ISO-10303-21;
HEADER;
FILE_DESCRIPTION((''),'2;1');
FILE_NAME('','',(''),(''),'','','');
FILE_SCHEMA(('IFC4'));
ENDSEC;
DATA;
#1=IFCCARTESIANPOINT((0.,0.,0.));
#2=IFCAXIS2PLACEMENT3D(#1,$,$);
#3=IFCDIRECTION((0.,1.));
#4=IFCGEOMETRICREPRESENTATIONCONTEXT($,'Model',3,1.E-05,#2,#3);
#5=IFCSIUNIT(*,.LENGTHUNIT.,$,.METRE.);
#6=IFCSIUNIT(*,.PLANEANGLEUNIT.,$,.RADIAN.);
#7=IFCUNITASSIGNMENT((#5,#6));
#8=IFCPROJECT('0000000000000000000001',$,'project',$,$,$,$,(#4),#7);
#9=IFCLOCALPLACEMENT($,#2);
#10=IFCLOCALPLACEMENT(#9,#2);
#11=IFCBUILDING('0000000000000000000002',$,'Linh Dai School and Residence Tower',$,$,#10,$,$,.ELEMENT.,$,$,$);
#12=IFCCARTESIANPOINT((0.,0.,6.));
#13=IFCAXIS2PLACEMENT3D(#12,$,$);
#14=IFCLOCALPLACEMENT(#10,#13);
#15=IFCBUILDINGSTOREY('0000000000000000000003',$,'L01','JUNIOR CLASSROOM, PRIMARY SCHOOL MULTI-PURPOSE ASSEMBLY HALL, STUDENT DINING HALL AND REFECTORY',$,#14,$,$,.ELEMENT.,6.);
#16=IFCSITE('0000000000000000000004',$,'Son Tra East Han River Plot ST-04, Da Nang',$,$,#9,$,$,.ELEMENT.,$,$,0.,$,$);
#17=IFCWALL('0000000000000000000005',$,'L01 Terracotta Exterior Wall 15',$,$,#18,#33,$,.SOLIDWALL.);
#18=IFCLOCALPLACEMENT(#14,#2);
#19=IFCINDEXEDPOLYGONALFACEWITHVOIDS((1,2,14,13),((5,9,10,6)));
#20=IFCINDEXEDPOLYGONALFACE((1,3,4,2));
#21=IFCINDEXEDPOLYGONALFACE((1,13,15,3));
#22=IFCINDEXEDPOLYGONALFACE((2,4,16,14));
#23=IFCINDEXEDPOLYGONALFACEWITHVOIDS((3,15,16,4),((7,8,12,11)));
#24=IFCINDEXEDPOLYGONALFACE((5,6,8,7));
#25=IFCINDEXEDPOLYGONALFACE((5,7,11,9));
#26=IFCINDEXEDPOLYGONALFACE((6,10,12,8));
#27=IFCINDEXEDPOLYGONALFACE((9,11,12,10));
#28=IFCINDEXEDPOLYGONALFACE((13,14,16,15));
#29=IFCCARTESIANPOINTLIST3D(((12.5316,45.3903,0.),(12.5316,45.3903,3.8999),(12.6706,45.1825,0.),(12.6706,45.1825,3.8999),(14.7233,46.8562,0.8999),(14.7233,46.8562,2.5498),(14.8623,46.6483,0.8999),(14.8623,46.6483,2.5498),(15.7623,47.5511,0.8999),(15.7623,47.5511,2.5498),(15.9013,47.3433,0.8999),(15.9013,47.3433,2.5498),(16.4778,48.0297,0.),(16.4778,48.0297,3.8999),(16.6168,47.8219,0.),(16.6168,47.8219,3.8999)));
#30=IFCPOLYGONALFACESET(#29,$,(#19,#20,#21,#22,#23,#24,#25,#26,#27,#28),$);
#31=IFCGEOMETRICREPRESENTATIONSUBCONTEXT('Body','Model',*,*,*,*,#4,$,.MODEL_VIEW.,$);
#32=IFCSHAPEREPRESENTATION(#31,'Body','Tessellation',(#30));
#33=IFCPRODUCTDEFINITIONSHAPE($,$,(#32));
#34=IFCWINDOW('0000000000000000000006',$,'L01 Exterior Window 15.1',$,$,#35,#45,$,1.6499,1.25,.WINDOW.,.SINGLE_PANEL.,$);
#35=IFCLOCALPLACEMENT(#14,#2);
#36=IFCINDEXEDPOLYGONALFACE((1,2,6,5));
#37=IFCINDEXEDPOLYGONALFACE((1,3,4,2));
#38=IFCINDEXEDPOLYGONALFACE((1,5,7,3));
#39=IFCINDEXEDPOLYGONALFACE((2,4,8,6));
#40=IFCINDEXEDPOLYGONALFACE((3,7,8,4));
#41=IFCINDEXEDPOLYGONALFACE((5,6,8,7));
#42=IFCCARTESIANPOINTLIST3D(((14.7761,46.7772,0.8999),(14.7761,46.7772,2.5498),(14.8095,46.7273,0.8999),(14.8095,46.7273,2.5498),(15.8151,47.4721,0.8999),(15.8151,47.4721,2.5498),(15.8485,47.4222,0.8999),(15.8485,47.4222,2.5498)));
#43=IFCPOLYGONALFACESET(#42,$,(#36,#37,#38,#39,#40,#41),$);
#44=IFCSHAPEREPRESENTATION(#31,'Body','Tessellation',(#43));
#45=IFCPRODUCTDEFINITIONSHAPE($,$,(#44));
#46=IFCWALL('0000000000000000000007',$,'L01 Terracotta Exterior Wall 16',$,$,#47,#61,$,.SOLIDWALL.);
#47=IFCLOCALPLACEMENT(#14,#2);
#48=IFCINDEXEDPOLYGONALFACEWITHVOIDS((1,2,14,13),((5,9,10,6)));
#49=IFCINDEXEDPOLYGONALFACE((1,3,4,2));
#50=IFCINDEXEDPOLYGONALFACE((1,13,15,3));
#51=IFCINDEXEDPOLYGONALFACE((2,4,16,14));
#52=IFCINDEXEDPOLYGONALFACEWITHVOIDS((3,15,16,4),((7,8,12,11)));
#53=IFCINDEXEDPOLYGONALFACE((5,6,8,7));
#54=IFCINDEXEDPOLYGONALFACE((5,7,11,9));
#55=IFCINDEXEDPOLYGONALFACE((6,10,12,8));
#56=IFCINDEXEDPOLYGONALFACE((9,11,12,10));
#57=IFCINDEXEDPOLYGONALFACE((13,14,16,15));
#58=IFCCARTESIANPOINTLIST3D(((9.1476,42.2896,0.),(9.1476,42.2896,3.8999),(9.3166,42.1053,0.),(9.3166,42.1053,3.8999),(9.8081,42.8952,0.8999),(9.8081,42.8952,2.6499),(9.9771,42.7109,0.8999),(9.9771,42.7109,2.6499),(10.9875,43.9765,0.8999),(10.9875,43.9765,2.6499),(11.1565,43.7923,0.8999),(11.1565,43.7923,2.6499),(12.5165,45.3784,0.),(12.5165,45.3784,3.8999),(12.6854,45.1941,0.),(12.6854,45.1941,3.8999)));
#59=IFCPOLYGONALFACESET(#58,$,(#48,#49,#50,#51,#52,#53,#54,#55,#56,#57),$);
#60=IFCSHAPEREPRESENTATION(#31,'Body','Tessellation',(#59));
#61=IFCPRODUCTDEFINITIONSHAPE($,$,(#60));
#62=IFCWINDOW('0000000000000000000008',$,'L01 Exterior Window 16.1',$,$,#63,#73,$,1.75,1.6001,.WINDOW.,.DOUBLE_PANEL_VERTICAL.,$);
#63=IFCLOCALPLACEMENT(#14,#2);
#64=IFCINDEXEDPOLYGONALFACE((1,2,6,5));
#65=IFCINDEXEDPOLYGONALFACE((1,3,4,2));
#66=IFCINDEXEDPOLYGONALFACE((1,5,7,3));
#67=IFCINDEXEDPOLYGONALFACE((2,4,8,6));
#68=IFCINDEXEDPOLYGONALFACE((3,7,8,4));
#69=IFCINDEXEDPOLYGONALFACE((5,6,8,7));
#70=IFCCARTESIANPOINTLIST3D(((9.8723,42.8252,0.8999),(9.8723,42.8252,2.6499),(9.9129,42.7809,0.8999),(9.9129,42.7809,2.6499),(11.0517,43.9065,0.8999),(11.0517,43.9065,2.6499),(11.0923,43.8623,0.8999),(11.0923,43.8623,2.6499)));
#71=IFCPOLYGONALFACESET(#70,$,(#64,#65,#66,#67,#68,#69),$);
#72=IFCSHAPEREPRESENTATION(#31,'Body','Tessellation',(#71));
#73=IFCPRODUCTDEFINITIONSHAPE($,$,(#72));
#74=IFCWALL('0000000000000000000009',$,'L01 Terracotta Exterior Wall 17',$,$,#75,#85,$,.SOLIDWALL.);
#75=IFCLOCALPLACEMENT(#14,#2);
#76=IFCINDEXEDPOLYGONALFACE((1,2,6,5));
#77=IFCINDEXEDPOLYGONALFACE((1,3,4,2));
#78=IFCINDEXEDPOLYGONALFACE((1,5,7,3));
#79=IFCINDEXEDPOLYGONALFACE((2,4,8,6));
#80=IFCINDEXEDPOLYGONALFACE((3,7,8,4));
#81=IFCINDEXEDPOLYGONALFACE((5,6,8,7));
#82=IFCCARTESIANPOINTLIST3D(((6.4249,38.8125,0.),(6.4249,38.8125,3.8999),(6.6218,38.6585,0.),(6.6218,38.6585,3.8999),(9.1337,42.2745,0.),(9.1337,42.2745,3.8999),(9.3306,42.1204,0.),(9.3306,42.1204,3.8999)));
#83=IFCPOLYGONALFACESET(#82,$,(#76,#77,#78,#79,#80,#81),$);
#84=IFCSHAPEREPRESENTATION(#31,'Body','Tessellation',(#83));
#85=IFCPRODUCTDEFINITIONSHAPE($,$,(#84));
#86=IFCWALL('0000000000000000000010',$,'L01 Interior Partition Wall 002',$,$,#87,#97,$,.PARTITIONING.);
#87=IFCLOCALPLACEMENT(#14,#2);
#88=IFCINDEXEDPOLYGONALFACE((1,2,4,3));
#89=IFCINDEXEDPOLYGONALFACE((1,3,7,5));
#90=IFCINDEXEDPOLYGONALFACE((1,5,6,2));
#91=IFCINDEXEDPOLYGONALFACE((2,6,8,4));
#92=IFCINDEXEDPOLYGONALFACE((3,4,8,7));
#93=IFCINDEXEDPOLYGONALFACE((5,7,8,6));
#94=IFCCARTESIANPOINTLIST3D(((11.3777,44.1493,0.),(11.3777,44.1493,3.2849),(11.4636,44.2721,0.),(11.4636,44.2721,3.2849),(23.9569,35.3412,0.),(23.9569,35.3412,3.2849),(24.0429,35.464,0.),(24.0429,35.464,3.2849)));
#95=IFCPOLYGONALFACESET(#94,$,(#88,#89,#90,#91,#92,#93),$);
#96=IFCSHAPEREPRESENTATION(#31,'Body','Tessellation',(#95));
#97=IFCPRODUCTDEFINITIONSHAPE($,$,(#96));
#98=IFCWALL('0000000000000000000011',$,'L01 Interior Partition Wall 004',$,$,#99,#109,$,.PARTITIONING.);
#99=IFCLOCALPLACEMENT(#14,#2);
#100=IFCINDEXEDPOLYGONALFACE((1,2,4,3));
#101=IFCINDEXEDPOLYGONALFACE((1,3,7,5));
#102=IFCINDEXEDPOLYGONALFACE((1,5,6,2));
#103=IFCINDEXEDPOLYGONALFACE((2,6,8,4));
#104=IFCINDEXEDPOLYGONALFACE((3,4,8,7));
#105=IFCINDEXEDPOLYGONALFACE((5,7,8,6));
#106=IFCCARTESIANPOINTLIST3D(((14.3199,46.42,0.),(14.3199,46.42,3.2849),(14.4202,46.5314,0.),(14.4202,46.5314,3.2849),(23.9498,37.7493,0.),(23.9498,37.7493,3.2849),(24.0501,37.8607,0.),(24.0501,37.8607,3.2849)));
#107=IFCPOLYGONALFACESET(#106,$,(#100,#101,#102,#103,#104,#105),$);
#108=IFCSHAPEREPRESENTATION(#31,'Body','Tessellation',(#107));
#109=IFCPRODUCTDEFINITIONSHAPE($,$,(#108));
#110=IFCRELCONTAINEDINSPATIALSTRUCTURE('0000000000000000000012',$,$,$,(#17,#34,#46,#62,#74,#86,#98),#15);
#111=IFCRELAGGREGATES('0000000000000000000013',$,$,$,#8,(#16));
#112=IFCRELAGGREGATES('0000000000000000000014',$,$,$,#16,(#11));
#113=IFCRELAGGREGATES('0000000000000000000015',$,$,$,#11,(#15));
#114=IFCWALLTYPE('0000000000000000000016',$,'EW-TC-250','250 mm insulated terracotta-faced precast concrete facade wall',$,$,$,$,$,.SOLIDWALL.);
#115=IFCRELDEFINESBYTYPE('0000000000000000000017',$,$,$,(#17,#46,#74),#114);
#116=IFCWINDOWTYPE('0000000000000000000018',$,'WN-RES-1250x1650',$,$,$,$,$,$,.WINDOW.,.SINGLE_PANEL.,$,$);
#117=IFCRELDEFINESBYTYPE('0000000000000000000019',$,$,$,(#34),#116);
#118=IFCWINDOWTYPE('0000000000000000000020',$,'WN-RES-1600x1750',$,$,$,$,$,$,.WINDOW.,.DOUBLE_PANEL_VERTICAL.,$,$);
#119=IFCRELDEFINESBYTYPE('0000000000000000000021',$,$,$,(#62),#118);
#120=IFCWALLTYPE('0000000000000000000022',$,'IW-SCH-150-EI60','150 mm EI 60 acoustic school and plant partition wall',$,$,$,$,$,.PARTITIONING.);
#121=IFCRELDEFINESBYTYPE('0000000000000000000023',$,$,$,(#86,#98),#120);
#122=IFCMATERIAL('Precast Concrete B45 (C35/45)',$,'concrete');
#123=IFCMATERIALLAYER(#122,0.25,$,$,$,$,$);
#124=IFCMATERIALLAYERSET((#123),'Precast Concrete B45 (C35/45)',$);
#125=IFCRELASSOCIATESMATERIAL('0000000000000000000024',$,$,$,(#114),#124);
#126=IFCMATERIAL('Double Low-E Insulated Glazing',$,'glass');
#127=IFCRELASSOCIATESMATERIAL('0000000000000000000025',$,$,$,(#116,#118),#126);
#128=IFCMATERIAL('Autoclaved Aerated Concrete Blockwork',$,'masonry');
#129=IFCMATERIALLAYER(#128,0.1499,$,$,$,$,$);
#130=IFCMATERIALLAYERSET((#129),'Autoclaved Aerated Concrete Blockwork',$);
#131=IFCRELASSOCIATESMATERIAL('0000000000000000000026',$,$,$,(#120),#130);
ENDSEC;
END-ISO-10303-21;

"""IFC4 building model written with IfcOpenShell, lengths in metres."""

from ifc_helpers import new_model, si_unit, direction, frame, frame_2d, origin, origin_2d, place, context, subcontext, project, spatial, rectangle, extrude, source, transform, mapped, material, layer, layer_set, type_object, element, fill, save


model = new_model("IFC4")

# Units and contexts
model_context = context("Model", 3, precision=1e-05, world=origin(), true_north=direction((0.0, 1.0)))
body_context = subcontext(model_context, "Body", "Model", "MODEL_VIEW")
ifc_project = project(units=[si_unit("LENGTHUNIT", "METRE"), si_unit("PLANEANGLEUNIT", "RADIAN")], contexts=[model_context])

# Site, building, storey
site_placement = place(None, origin())
site = spatial("IfcSite", under=ifc_project, at=site_placement, Name="Son Tra East Han River Plot ST-04, Da Nang", CompositionType="ELEMENT", RefElevation=0.0)
building_placement = place(site_placement, origin())
building = spatial("IfcBuilding", under=site, at=building_placement, Name="Linh Dai School and Residence Tower", CompositionType="ELEMENT")
storey_placement = place(building_placement, frame((0.0, 0.0, 6.0)))
storey = spatial("IfcBuildingStorey", under=building, at=storey_placement, Name="L01", Description="JUNIOR CLASSROOM, PRIMARY SCHOOL MULTI-PURPOSE ASSEMBLY HALL, STUDENT DINING HALL AND REFECTORY", CompositionType="ELEMENT", Elevation=6.0)

# Shared definitions
ifc_material_1 = material(Name="Double Low-E Insulated Glazing", Category="glass")

# Walls, openings, windows
ifc_material_2 = material(Name="Precast Concrete B45 (C35/45)", Category="concrete")
ifc_layer_1 = layer(ifc_material_2, 0.25)
ifc_layer_set_1 = layer_set([ifc_layer_1], Name="Precast Concrete B45 (C35/45)")
wall_type_1 = type_object("IfcWallType", Name="EW-TC-250", Description="250 mm insulated terracotta-faced precast concrete facade wall", PredefinedType="SOLIDWALL", material=ifc_layer_set_1)
wall_1_placement = place(storey_placement, frame((12.6011, 45.2864, 0.0), z_axis=(0.0, 0.0, 1.0), x_axis=(0.831219, 0.555946, 0.0)))
wall_1 = element("IfcWall", 1, at=wall_1_placement, inside=storey, type_object=wall_type_1, Name="L01 Terracotta Exterior Wall 15", PredefinedType="SOLIDWALL", context=body_context, shape_type="SweptSolid", body=[
    extrude(rectangle(XDim=4.7476, YDim=0.25, at=frame_2d((2.3738, 0.0))), origin(), (0.0, 0.0, 1.0), 3.8999),
])
opening_1_placement = place(wall_1_placement, frame((2.6367, 0.0, 0.8999)))
opening_1 = element("IfcOpeningElement", 2, at=opening_1_placement, cuts=wall_1, PredefinedType="OPENING", context=body_context, shape_type="SweptSolid", body=[
    extrude(rectangle(XDim=1.25, YDim=1.6499, at=origin_2d()), frame((0.625, 0.135, 0.825), z_axis=(0.0, -1.0, 0.0), x_axis=(1.0, 0.0, 0.0)), (0.0, 0.0, 1.0), 0.27),
])
window_type_1 = type_object("IfcWindowType", Name="WN-RES-1250x1650", PartitioningType="SINGLE_PANEL", PredefinedType="WINDOW", material=ifc_material_1)
shared_shape_1 = source(origin(), body_context, "Body", "SweptSolid", [
    extrude(rectangle(XDim=1.25, YDim=1.6499, at=origin_2d()), frame((0.625, 0.03, 0.825), z_axis=(0.0, -1.0, 0.0), x_axis=(1.0, 0.0, 0.0)), (0.0, 0.0, 1.0), 0.0601),
])
window_1_placement = place(opening_1_placement, origin())
window_1 = element("IfcWindow", 3, at=window_1_placement, inside=storey, type_object=window_type_1, Name="L01 Exterior Window 15.1", OverallHeight=1.6499, OverallWidth=1.25, PartitioningType="SINGLE_PANEL", PredefinedType="WINDOW", context=body_context, shape_type="MappedRepresentation", body=[
    mapped(shared_shape_1, transform((0.0, 0.0, 0.0), x_axis=(1.0, 0.0, 0.0), y_axis=(0.0, 1.0, 0.0), z_axis=(0.0, 0.0, 1.0), scale=1.0)),
])
fill(opening_1, window_1)
wall_2_placement = place(storey_placement, frame((9.2322, 42.1975, 0.0), z_axis=(0.0, 0.0, 1.0), x_axis=(0.737077, 0.675809, 0.0)))
wall_2 = element("IfcWall", 4, at=wall_2_placement, inside=storey, type_object=wall_type_1, Name="L01 Terracotta Exterior Wall 16", PredefinedType="SOLIDWALL", context=body_context, shape_type="SweptSolid", body=[
    extrude(rectangle(XDim=4.5706, YDim=0.25, at=frame_2d((2.2852, 0.0))), origin(), (0.0, 0.0, 1.0), 3.8999),
])
opening_2_placement = place(wall_2_placement, frame((0.896, 0.0, 0.8999)))
opening_2 = element("IfcOpeningElement", 5, at=opening_2_placement, cuts=wall_2, PredefinedType="OPENING", context=body_context, shape_type="SweptSolid", body=[
    extrude(rectangle(XDim=1.6001, YDim=1.75, at=origin_2d()), frame((0.8, 0.135, 0.875), z_axis=(0.0, -1.0, 0.0), x_axis=(1.0, 0.0, 0.0)), (0.0, 0.0, 1.0), 0.27),
])
window_type_2 = type_object("IfcWindowType", Name="WN-RES-1600x1750", PartitioningType="DOUBLE_PANEL_VERTICAL", PredefinedType="WINDOW", material=ifc_material_1)
shared_shape_2 = source(origin(), body_context, "Body", "SweptSolid", [
    extrude(rectangle(XDim=1.6001, YDim=1.75, at=origin_2d()), frame((0.8, 0.03, 0.875), z_axis=(0.0, -1.0, 0.0), x_axis=(1.0, 0.0, 0.0)), (0.0, 0.0, 1.0), 0.0601),
])
window_2_placement = place(opening_2_placement, origin())
window_2 = element("IfcWindow", 6, at=window_2_placement, inside=storey, type_object=window_type_2, Name="L01 Exterior Window 16.1", OverallHeight=1.75, OverallWidth=1.6001, PartitioningType="DOUBLE_PANEL_VERTICAL", PredefinedType="WINDOW", context=body_context, shape_type="MappedRepresentation", body=[
    mapped(shared_shape_2, transform((0.0, 0.0, 0.0), x_axis=(1.0, 0.0, 0.0), y_axis=(0.0, 1.0, 0.0), z_axis=(0.0, 0.0, 1.0), scale=1.0)),
])
fill(opening_2, window_2)

# Walls
wall_3_placement = place(storey_placement, frame((6.5234, 38.7356, 0.0), z_axis=(0.0, 0.0, 1.0), x_axis=(0.616226, 0.787569, 0.0)))
element("IfcWall", 7, at=wall_3_placement, inside=storey, type_object=wall_type_1, Name="L01 Terracotta Exterior Wall 17", PredefinedType="SOLIDWALL", context=body_context, shape_type="SweptSolid", body=[
    extrude(rectangle(XDim=4.3958, YDim=0.25, at=frame_2d((2.1978, 0.0))), origin(), (0.0, 0.0, 1.0), 3.8999),
])
ifc_material_3 = material(Name="Autoclaved Aerated Concrete Blockwork", Category="masonry")
ifc_layer_2 = layer(ifc_material_3, 0.1499)
ifc_layer_set_2 = layer_set([ifc_layer_2], Name="Autoclaved Aerated Concrete Blockwork")
wall_type_2 = type_object("IfcWallType", Name="IW-SCH-150-EI60", Description="150 mm EI 60 acoustic school and plant partition wall", PredefinedType="PARTITIONING", material=ifc_layer_set_2)
wall_4_placement = place(storey_placement, frame((11.4207, 44.2107, 0.0), z_axis=(0.0, 0.0, 1.0), x_axis=(0.819153, -0.573574, 0.0)))
element("IfcWall", 8, at=wall_4_placement, inside=storey, type_object=wall_type_2, Name="L01 Interior Partition Wall 002", PredefinedType="PARTITIONING", context=body_context, shape_type="SweptSolid", body=[
    extrude(rectangle(XDim=15.3564, YDim=0.1499, at=frame_2d((7.6782, 0.0))), origin(), (0.0, 0.0, 1.0), 3.2849),
])
wall_5_placement = place(storey_placement, frame((14.3701, 46.4756, 0.0), z_axis=(0.0, 0.0, 1.0), x_axis=(0.74315, -0.669125, 0.0)))
element("IfcWall", 9, at=wall_5_placement, inside=storey, type_object=wall_type_2, Name="L01 Interior Partition Wall 004", PredefinedType="PARTITIONING", context=body_context, shape_type="SweptSolid", body=[
    extrude(rectangle(XDim=12.9583, YDim=0.1499, at=frame_2d((6.479, 0.0))), origin(), (0.0, 0.0, 1.0), 3.2849),
])

save(model, "model.ifc")
